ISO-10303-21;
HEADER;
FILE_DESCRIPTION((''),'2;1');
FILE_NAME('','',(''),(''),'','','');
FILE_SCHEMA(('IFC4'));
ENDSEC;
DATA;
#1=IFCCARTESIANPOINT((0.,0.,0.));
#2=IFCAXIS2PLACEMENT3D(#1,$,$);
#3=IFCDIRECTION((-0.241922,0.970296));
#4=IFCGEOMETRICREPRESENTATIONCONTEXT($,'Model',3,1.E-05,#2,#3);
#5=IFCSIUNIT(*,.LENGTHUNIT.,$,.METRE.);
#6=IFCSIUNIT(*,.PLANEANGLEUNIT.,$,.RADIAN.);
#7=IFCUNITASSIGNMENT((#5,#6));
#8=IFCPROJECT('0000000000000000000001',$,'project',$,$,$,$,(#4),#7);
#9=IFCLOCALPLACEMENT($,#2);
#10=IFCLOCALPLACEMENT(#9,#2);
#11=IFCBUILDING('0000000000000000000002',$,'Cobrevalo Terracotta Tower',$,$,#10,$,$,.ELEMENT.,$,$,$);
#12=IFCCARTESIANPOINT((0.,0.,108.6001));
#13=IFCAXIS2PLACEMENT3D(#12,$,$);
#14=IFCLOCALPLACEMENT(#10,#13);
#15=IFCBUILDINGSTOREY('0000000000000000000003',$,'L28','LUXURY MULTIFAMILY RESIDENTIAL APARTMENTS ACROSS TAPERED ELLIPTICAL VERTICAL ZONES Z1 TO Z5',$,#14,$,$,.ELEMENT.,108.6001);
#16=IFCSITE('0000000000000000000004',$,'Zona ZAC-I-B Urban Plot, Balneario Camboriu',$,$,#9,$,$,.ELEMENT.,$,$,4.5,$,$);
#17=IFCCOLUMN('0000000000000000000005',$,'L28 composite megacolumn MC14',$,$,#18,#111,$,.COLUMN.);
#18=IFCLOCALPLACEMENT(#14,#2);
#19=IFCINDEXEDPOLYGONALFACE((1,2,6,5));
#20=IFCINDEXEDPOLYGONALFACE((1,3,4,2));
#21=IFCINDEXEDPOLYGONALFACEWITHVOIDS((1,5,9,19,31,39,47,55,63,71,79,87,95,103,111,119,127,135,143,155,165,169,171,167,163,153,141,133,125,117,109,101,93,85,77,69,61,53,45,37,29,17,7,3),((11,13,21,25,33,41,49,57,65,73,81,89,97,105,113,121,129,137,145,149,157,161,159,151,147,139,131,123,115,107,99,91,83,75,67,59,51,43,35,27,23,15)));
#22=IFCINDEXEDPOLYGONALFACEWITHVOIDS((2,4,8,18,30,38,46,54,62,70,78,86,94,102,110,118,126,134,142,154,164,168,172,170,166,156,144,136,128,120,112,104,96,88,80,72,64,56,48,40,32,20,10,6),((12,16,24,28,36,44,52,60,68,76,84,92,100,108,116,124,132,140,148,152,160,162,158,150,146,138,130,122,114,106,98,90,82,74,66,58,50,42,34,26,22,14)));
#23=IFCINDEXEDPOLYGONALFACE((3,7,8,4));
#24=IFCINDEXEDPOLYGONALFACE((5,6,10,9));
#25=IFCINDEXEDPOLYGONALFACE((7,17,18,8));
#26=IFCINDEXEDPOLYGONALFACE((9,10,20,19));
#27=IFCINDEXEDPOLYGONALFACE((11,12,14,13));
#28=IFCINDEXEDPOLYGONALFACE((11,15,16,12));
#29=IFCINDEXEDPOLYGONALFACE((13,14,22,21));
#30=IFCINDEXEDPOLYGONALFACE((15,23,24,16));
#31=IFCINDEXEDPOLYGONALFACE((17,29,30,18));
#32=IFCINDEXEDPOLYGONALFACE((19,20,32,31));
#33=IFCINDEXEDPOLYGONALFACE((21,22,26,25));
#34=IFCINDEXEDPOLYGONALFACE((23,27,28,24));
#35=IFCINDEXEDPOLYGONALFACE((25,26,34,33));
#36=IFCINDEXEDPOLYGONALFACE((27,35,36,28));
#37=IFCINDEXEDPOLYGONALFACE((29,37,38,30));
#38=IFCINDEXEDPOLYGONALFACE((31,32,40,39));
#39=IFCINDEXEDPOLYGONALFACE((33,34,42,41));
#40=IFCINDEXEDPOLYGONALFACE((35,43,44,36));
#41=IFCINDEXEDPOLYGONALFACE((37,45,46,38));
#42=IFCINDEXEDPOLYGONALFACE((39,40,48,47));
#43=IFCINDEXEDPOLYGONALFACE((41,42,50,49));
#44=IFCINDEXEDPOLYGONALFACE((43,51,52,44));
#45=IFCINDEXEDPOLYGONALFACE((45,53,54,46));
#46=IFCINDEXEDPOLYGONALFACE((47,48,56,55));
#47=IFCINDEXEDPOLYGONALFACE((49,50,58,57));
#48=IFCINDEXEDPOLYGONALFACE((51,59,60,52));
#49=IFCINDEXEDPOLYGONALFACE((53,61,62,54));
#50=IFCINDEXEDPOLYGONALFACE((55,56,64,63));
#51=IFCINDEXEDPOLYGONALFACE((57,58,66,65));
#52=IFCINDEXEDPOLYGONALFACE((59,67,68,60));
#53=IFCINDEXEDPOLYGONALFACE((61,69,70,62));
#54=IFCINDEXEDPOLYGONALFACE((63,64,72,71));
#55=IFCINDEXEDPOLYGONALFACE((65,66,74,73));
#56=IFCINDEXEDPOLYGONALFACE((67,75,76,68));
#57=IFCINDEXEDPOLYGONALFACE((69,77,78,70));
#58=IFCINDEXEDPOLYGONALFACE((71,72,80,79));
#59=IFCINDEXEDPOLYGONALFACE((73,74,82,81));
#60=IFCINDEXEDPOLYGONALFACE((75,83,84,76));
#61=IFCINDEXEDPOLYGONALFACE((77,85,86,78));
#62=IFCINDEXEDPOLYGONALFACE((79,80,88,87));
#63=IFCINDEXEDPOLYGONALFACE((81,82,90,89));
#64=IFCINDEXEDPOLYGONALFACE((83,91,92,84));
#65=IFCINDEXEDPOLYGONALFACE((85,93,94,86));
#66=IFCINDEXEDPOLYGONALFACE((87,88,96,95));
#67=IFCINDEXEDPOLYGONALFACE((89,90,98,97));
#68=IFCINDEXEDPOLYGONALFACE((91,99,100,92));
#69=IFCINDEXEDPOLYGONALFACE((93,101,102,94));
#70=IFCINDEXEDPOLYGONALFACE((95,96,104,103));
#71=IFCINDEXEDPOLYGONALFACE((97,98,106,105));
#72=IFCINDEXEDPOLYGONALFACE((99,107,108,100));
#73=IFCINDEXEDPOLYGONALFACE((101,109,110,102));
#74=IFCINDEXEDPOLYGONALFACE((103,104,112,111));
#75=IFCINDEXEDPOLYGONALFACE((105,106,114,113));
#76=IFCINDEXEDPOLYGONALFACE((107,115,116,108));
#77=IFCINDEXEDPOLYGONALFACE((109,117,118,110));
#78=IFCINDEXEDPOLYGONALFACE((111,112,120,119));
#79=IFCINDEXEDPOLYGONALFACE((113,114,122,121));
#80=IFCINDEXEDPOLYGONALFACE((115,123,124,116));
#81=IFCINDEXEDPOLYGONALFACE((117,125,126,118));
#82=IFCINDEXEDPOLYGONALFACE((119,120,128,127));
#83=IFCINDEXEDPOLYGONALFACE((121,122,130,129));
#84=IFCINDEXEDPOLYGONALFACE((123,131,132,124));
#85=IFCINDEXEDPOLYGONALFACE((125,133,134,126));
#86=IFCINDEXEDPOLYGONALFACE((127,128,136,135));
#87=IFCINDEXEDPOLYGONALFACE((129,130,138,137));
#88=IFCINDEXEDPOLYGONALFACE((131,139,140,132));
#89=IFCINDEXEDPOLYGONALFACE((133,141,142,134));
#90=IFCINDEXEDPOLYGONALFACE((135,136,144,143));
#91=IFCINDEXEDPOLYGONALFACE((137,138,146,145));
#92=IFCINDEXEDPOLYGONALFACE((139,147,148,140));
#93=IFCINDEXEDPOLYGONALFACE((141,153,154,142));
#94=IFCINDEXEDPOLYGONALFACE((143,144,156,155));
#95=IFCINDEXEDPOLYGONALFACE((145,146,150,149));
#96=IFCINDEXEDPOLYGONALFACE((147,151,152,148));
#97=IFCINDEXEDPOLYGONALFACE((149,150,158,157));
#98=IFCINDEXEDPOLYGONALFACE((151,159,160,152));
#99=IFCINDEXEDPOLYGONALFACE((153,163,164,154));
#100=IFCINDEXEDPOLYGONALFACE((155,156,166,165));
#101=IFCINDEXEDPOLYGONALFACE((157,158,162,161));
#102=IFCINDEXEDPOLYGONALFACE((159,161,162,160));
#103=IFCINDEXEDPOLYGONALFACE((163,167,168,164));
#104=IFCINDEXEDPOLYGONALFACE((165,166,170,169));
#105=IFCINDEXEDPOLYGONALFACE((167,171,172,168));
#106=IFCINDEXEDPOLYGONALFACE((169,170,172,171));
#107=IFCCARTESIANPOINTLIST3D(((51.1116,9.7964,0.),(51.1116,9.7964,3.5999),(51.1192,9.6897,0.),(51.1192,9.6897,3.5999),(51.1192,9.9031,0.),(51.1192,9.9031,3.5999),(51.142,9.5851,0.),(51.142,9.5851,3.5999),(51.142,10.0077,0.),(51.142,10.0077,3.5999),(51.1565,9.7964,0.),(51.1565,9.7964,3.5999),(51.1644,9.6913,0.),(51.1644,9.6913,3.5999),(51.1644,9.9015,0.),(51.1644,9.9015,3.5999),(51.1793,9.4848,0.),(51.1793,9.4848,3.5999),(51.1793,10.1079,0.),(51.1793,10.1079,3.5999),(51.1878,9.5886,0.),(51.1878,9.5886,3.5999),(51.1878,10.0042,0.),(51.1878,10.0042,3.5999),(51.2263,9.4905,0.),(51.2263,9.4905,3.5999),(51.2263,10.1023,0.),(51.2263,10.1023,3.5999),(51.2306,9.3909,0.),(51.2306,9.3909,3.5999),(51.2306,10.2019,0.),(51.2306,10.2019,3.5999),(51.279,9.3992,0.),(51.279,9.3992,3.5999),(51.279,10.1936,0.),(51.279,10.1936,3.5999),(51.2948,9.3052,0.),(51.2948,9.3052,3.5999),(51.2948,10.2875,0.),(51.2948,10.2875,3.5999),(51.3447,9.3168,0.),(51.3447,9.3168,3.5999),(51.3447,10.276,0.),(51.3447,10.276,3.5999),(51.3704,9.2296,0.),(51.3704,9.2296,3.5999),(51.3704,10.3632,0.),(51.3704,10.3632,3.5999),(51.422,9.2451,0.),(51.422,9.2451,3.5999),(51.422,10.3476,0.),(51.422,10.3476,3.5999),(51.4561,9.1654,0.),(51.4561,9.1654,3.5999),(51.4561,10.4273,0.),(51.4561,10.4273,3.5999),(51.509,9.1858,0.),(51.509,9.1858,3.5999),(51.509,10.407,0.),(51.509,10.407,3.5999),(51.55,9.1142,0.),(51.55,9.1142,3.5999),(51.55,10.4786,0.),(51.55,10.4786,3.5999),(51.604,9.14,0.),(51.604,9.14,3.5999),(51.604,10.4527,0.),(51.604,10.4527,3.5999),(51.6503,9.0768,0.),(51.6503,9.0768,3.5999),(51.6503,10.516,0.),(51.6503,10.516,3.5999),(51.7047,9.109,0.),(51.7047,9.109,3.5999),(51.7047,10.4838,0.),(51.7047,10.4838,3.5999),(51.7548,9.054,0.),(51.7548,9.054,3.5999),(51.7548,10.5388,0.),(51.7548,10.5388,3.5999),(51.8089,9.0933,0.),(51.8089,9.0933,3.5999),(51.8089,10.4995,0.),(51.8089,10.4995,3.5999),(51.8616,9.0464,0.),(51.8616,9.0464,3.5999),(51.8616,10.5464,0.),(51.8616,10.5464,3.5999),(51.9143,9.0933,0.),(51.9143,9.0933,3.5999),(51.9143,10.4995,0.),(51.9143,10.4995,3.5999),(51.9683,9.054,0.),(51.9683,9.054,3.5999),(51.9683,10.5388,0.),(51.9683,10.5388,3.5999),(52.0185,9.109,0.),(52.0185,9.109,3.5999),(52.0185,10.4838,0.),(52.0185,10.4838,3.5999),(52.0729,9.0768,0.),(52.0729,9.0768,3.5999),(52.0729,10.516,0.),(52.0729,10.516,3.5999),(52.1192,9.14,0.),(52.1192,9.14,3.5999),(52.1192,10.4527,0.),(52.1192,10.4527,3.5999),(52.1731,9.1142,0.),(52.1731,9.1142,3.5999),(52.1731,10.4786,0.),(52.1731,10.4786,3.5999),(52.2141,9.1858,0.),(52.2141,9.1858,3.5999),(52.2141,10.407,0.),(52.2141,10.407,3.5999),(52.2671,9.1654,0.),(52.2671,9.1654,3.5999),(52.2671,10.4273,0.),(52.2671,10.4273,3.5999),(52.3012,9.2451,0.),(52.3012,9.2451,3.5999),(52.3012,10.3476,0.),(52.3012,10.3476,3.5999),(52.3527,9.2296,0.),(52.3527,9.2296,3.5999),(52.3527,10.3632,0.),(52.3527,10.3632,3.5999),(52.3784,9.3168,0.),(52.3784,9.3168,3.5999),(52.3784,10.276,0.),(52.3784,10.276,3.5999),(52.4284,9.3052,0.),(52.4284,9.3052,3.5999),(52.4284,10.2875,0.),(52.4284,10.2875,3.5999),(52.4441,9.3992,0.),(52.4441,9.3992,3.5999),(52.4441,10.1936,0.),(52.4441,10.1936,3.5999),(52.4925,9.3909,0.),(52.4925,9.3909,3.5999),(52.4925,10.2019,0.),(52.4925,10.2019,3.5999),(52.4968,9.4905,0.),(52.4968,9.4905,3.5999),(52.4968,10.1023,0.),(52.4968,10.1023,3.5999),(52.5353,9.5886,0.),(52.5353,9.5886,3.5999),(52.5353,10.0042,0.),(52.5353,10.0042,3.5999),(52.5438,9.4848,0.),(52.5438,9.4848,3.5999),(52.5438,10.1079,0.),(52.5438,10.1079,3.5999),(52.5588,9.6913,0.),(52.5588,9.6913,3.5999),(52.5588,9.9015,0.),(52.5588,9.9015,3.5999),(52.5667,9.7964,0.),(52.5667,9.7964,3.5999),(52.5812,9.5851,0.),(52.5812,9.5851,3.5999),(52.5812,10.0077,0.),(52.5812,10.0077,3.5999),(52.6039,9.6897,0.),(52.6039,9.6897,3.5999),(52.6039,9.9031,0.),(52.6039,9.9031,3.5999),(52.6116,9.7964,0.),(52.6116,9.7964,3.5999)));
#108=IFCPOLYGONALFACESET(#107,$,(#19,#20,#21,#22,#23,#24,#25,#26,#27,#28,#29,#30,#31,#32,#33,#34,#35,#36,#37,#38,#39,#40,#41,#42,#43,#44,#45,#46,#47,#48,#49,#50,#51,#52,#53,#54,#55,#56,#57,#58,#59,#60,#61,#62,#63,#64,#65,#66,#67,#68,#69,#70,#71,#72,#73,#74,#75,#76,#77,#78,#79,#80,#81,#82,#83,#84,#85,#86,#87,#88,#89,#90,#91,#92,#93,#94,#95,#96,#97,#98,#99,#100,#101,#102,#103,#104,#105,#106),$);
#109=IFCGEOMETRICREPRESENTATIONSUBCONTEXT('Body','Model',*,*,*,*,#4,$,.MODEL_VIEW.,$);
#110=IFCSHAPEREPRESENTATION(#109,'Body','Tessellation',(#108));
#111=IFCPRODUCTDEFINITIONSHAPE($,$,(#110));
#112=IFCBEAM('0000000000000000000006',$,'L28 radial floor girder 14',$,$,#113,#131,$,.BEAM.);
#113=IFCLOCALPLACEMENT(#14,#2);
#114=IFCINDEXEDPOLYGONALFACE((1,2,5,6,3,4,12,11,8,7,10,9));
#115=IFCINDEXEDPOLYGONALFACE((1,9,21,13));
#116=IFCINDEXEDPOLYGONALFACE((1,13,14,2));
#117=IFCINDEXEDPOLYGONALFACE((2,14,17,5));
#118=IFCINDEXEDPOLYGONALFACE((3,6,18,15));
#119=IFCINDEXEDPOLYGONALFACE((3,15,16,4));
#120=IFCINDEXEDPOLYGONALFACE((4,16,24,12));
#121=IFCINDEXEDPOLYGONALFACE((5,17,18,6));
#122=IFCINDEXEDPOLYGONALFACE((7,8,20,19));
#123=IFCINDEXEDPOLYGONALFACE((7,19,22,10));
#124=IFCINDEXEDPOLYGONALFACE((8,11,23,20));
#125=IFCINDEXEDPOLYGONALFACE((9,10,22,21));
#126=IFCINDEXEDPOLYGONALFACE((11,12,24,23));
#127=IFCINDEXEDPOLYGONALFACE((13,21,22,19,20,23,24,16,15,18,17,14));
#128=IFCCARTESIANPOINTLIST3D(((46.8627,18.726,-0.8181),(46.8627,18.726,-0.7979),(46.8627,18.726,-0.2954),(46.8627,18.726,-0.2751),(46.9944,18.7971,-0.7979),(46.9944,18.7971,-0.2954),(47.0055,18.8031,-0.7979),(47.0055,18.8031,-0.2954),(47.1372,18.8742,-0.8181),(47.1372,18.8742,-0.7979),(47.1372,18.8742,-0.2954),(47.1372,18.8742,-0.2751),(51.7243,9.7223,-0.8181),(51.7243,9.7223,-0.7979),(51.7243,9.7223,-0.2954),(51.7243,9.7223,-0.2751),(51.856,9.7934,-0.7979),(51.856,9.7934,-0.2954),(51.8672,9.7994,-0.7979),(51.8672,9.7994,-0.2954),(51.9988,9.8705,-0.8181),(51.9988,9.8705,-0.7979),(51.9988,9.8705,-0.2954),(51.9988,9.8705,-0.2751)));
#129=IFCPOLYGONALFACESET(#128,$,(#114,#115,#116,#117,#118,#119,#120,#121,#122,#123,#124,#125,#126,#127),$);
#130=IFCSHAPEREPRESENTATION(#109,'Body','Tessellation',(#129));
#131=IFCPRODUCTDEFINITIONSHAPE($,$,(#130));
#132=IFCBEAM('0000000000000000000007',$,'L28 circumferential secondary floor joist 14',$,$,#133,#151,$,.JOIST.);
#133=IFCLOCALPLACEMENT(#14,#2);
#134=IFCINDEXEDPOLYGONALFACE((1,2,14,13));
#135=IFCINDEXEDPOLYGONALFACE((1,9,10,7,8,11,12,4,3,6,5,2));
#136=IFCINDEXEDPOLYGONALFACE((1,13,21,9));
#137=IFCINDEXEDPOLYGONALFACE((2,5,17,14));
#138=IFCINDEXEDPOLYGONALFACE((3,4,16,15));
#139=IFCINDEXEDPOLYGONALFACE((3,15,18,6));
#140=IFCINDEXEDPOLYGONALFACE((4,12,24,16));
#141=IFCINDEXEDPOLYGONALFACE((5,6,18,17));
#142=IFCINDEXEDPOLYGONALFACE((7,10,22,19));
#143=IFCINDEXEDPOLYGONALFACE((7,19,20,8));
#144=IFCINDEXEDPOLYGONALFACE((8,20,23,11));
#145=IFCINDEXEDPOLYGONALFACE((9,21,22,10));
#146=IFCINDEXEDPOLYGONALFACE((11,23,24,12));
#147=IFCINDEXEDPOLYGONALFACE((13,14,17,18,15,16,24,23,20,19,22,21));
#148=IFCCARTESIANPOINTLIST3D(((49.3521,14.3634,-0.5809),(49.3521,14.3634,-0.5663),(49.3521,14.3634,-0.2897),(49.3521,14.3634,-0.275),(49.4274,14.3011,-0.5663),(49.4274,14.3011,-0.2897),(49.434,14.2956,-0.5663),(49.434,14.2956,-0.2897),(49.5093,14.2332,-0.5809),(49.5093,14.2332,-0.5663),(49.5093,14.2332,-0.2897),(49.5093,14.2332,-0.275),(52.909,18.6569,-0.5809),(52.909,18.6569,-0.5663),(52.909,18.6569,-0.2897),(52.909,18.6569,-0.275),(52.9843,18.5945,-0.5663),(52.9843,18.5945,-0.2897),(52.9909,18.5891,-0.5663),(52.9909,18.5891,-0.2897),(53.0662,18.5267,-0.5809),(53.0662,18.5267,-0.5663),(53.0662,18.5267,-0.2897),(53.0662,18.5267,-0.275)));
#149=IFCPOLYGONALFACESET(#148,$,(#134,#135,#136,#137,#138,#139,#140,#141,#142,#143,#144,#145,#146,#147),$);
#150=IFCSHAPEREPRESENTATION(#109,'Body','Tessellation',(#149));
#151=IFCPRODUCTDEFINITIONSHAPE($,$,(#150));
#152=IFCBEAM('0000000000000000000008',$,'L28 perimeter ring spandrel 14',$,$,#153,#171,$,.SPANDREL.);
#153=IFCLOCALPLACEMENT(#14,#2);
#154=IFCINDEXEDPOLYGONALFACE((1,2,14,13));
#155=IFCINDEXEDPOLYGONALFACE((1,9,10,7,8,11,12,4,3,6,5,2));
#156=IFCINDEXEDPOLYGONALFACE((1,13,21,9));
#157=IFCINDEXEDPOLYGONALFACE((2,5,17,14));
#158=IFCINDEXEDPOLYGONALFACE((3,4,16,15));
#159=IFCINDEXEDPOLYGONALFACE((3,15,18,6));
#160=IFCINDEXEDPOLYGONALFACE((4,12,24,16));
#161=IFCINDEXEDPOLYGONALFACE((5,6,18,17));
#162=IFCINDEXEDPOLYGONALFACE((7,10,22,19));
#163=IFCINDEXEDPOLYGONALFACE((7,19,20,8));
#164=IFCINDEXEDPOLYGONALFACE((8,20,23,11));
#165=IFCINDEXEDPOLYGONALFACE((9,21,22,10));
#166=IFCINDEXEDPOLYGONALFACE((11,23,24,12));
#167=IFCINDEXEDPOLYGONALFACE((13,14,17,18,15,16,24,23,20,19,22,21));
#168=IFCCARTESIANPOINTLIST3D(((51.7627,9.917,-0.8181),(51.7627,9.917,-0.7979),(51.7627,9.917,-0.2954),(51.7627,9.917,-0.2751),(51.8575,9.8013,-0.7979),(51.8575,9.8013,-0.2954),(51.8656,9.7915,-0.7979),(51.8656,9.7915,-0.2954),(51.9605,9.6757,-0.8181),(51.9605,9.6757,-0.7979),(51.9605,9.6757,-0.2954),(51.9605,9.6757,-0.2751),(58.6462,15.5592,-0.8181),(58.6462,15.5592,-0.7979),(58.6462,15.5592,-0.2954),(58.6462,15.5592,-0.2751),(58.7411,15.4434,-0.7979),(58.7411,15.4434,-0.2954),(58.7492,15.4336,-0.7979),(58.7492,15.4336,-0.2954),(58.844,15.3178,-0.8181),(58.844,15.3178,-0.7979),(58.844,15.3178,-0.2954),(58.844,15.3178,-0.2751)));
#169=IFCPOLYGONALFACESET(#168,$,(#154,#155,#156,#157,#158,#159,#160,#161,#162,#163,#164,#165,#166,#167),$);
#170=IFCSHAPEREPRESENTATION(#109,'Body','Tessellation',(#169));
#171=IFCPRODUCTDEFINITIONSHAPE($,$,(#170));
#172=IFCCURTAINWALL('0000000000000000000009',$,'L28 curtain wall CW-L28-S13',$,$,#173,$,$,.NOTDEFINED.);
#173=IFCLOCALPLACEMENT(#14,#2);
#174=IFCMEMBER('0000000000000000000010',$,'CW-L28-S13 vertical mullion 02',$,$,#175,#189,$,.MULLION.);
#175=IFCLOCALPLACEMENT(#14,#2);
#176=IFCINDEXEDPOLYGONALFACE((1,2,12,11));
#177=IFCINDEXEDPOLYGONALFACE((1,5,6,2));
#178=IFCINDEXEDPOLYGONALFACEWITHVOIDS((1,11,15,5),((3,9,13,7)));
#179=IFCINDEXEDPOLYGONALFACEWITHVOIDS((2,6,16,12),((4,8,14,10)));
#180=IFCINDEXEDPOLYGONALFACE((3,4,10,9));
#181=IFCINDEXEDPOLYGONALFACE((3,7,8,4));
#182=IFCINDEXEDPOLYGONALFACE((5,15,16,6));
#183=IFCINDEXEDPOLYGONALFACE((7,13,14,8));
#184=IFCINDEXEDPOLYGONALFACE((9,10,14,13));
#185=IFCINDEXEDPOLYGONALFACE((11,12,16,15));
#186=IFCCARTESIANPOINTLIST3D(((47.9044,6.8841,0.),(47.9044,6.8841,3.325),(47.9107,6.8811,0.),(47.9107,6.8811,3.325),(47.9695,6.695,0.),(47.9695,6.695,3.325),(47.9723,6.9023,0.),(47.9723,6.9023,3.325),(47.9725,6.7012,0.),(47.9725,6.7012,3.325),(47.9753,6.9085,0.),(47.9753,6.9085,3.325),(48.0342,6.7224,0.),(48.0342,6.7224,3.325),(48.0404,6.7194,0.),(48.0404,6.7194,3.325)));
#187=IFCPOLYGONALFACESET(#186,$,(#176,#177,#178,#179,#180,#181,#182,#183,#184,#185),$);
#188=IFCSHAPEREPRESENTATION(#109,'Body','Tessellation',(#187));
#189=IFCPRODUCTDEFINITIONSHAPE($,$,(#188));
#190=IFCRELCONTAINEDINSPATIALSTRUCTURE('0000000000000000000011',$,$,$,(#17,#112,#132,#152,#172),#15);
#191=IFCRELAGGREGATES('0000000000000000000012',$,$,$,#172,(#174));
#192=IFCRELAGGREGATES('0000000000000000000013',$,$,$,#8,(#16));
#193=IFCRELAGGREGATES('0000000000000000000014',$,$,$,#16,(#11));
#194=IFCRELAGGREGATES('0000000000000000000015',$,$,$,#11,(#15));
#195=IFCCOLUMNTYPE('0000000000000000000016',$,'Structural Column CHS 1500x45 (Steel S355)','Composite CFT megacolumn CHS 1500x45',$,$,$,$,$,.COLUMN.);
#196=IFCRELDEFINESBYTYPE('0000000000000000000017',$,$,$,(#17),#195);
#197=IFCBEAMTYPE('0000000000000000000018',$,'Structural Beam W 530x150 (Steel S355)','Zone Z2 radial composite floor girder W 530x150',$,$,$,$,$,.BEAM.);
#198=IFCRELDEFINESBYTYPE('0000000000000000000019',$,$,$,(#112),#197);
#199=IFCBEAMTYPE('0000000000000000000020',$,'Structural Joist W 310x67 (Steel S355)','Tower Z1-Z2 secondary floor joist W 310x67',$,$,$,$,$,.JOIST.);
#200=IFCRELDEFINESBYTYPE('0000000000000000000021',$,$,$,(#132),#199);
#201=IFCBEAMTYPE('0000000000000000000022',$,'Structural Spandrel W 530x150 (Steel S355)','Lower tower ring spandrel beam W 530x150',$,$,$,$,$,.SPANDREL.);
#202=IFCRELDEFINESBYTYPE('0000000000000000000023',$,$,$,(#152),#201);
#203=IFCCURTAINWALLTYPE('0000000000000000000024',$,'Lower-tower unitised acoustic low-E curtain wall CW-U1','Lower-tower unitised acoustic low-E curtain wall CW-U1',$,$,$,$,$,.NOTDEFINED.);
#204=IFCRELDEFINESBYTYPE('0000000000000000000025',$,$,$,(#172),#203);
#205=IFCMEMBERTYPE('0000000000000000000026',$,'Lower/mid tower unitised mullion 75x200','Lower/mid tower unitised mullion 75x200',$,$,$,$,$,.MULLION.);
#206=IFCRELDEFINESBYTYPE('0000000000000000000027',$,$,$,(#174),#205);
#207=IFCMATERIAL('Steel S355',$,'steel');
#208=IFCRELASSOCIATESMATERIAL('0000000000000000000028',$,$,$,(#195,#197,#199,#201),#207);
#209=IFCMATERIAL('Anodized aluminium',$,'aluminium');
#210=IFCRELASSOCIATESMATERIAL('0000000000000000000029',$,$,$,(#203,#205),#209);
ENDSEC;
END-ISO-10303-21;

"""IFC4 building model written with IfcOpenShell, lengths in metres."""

from ifc_helpers import new_model, si_unit, direction, frame, origin, origin_2d, place, context, subcontext, project, spatial, hollow_rectangle, hollow_circle, i_section, extrude, source, transform, mapped, material, material_profile, profile_set, type_object, element, aggregate, save


model = new_model("IFC4")

# Units and contexts
model_context = context("Model", 3, precision=1e-05, world=origin(), true_north=direction((-0.241922, 0.970296)))
body_context = subcontext(model_context, "Body", "Model", "MODEL_VIEW")
ifc_project = project(units=[si_unit("LENGTHUNIT", "METRE"), si_unit("PLANEANGLEUNIT", "RADIAN")], contexts=[model_context])

# Site, building, storey
site_placement = place(None, origin())
site = spatial("IfcSite", under=ifc_project, at=site_placement, Name="Zona ZAC-I-B Urban Plot, Balneario Camboriu", CompositionType="ELEMENT", RefElevation=4.5)
building_placement = place(site_placement, origin())
building = spatial("IfcBuilding", under=site, at=building_placement, Name="Cobrevalo Terracotta Tower", CompositionType="ELEMENT")
storey_placement = place(building_placement, frame((0.0, 0.0, 108.6001)))
storey = spatial("IfcBuildingStorey", under=building, at=storey_placement, Name="L28", Description="LUXURY MULTIFAMILY RESIDENTIAL APARTMENTS ACROSS TAPERED ELLIPTICAL VERTICAL ZONES Z1 TO Z5", CompositionType="ELEMENT", Elevation=108.6001)

# Column
ifc_material_1 = material(Name="Steel S355", Category="steel")
ifc_material_profile_1 = material_profile(ifc_material_1, hollow_circle(Radius=0.75, WallThickness=0.0449, at=origin_2d()), Name="CHS 1500x45")
ifc_profile_set_1 = profile_set([ifc_material_profile_1], Name="Steel S355")
column_type = type_object("IfcColumnType", Name="Structural Column CHS 1500x45 (Steel S355)", Description="Composite CFT megacolumn CHS 1500x45", PredefinedType="COLUMN", material=ifc_profile_set_1)
column_placement = place(storey_placement, frame((51.8616, 9.7964, 0.0), z_axis=(0.0, 0.0, 1.0), x_axis=(1.0, 0.0, 0.0)))
element("IfcColumn", 1, at=column_placement, inside=storey, type_object=column_type, Name="L28 composite megacolumn MC14", PredefinedType="COLUMN", context=body_context, shape_type="SweptSolid", body=[
    extrude(hollow_circle(Radius=0.75, WallThickness=0.0449, at=origin_2d()), origin(), (0.0, 0.0, 1.0), 3.5999),
])

# Beams
ifc_material_profile_2 = material_profile(ifc_material_1, i_section(OverallWidth=0.312, OverallDepth=0.543, WebThickness=0.0127, FlangeThickness=0.0203, at=origin_2d()), Name="W 530x150")
ifc_profile_set_2 = profile_set([ifc_material_profile_2], Name="Steel S355")
beam_type_1 = type_object("IfcBeamType", Name="Structural Beam W 530x150 (Steel S355)", Description="Zone Z2 radial composite floor girder W 530x150", PredefinedType="BEAM", material=ifc_profile_set_2)
beam_1_placement = place(storey_placement, frame((51.8616, 9.7964, -0.5466), z_axis=(-0.475118, 0.879922, 0.0), x_axis=(-0.879922, -0.475118, 0.0)))
element("IfcBeam", 2, at=beam_1_placement, inside=storey, type_object=beam_type_1, Name="L28 radial floor girder 14", PredefinedType="BEAM", context=body_context, shape_type="SweptSolid", body=[
    extrude(i_section(OverallWidth=0.312, OverallDepth=0.543, WebThickness=0.0127, FlangeThickness=0.0203, at=origin_2d()), origin(), (0.0, 0.0, 1.0), 10.2324),
])
ifc_material_profile_3 = material_profile(ifc_material_1, i_section(OverallWidth=0.2041, OverallDepth=0.3059, WebThickness=0.0085, FlangeThickness=0.0146, at=origin_2d()), Name="W 310x67")
ifc_profile_set_3 = profile_set([ifc_material_profile_3], Name="Steel S355")
beam_type_2 = type_object("IfcBeamType", Name="Structural Joist W 310x67 (Steel S355)", Description="Tower Z1-Z2 secondary floor joist W 310x67", PredefinedType="JOIST", material=ifc_profile_set_3)
beam_2_placement = place(storey_placement, frame((49.4307, 14.2983, -0.428), z_axis=(0.637959, 0.77007, 0.0), x_axis=(-0.77007, 0.637959, 0.0)))
element("IfcBeam", 3, at=beam_2_placement, inside=storey, type_object=beam_type_2, Name="L28 circumferential secondary floor joist 14", PredefinedType="JOIST", context=body_context, shape_type="SweptSolid", body=[
    extrude(i_section(OverallWidth=0.2041, OverallDepth=0.3059, WebThickness=0.0085, FlangeThickness=0.0146, at=origin_2d()), origin(), (0.0, 0.0, 1.0), 5.5754),
])
ifc_material_profile_4 = material_profile(ifc_material_1, i_section(OverallWidth=0.312, OverallDepth=0.543, WebThickness=0.0127, FlangeThickness=0.0203, at=origin_2d()), Name="W 530x150")
ifc_profile_set_4 = profile_set([ifc_material_profile_4], Name="Steel S355")
beam_type_3 = type_object("IfcBeamType", Name="Structural Spandrel W 530x150 (Steel S355)", Description="Lower tower ring spandrel beam W 530x150", PredefinedType="SPANDREL", material=ifc_profile_set_4)
beam_3_placement = place(storey_placement, frame((51.8616, 9.7964, -0.5466), z_axis=(0.773401, 0.633917, 0.0), x_axis=(-0.633917, 0.773401, 0.0)))
element("IfcBeam", 4, at=beam_3_placement, inside=storey, type_object=beam_type_3, Name="L28 perimeter ring spandrel 14", PredefinedType="SPANDREL", context=body_context, shape_type="SweptSolid", body=[
    extrude(i_section(OverallWidth=0.312, OverallDepth=0.543, WebThickness=0.0127, FlangeThickness=0.0203, at=origin_2d()), origin(), (0.0, 0.0, 1.0), 8.9004),
])

# Curtain wall, member
ifc_material_2 = material(Name="Anodized aluminium", Category="aluminium")
curtain_wall_type = type_object("IfcCurtainWallType", Name="Lower-tower unitised acoustic low-E curtain wall CW-U1", Description="Lower-tower unitised acoustic low-E curtain wall CW-U1", PredefinedType="NOTDEFINED", material=ifc_material_2)
curtain_wall_1_placement = place(storey_placement, origin())
curtain_wall_1 = element("IfcCurtainWall", 5, at=curtain_wall_1_placement, inside=storey, type_object=curtain_wall_type, Name="L28 curtain wall CW-L28-S13", PredefinedType="NOTDEFINED")
ifc_material_profile_5 = material_profile(ifc_material_2, hollow_rectangle(XDim=0.075, YDim=0.2, WallThickness=0.0049, at=origin_2d()), Name="CWM 75x200")
ifc_profile_set_5 = profile_set([ifc_material_profile_5], Name="Anodized aluminium")
member_type_1 = type_object("IfcMemberType", Name="Lower/mid tower unitised mullion 75x200", Description="Lower/mid tower unitised mullion 75x200", PredefinedType="MULLION", material=ifc_profile_set_5)
shared_shape_1 = source(origin(), body_context, "Body", "SweptSolid", [
    extrude(hollow_rectangle(XDim=0.075, YDim=0.2, WallThickness=0.0049, at=origin_2d()), origin(), (0.0, 0.0, 1.0), 3.325),
])
member_1_placement = place(storey_placement, frame((47.9724, 6.8018, 0.0), z_axis=(0.0, 0.0, 1.0), x_axis=(0.945598, 0.325337, 0.0)))
member_1 = element("IfcMember", 6, at=member_1_placement, type_object=member_type_1, Name="CW-L28-S13 vertical mullion 02", PredefinedType="MULLION", context=body_context, shape_type="MappedRepresentation", body=[
    mapped(shared_shape_1, transform((0.0, 0.0, 0.0), scale=1.0)),
])

aggregate(curtain_wall_1, [member_1])

save(model, "model.ifc")
